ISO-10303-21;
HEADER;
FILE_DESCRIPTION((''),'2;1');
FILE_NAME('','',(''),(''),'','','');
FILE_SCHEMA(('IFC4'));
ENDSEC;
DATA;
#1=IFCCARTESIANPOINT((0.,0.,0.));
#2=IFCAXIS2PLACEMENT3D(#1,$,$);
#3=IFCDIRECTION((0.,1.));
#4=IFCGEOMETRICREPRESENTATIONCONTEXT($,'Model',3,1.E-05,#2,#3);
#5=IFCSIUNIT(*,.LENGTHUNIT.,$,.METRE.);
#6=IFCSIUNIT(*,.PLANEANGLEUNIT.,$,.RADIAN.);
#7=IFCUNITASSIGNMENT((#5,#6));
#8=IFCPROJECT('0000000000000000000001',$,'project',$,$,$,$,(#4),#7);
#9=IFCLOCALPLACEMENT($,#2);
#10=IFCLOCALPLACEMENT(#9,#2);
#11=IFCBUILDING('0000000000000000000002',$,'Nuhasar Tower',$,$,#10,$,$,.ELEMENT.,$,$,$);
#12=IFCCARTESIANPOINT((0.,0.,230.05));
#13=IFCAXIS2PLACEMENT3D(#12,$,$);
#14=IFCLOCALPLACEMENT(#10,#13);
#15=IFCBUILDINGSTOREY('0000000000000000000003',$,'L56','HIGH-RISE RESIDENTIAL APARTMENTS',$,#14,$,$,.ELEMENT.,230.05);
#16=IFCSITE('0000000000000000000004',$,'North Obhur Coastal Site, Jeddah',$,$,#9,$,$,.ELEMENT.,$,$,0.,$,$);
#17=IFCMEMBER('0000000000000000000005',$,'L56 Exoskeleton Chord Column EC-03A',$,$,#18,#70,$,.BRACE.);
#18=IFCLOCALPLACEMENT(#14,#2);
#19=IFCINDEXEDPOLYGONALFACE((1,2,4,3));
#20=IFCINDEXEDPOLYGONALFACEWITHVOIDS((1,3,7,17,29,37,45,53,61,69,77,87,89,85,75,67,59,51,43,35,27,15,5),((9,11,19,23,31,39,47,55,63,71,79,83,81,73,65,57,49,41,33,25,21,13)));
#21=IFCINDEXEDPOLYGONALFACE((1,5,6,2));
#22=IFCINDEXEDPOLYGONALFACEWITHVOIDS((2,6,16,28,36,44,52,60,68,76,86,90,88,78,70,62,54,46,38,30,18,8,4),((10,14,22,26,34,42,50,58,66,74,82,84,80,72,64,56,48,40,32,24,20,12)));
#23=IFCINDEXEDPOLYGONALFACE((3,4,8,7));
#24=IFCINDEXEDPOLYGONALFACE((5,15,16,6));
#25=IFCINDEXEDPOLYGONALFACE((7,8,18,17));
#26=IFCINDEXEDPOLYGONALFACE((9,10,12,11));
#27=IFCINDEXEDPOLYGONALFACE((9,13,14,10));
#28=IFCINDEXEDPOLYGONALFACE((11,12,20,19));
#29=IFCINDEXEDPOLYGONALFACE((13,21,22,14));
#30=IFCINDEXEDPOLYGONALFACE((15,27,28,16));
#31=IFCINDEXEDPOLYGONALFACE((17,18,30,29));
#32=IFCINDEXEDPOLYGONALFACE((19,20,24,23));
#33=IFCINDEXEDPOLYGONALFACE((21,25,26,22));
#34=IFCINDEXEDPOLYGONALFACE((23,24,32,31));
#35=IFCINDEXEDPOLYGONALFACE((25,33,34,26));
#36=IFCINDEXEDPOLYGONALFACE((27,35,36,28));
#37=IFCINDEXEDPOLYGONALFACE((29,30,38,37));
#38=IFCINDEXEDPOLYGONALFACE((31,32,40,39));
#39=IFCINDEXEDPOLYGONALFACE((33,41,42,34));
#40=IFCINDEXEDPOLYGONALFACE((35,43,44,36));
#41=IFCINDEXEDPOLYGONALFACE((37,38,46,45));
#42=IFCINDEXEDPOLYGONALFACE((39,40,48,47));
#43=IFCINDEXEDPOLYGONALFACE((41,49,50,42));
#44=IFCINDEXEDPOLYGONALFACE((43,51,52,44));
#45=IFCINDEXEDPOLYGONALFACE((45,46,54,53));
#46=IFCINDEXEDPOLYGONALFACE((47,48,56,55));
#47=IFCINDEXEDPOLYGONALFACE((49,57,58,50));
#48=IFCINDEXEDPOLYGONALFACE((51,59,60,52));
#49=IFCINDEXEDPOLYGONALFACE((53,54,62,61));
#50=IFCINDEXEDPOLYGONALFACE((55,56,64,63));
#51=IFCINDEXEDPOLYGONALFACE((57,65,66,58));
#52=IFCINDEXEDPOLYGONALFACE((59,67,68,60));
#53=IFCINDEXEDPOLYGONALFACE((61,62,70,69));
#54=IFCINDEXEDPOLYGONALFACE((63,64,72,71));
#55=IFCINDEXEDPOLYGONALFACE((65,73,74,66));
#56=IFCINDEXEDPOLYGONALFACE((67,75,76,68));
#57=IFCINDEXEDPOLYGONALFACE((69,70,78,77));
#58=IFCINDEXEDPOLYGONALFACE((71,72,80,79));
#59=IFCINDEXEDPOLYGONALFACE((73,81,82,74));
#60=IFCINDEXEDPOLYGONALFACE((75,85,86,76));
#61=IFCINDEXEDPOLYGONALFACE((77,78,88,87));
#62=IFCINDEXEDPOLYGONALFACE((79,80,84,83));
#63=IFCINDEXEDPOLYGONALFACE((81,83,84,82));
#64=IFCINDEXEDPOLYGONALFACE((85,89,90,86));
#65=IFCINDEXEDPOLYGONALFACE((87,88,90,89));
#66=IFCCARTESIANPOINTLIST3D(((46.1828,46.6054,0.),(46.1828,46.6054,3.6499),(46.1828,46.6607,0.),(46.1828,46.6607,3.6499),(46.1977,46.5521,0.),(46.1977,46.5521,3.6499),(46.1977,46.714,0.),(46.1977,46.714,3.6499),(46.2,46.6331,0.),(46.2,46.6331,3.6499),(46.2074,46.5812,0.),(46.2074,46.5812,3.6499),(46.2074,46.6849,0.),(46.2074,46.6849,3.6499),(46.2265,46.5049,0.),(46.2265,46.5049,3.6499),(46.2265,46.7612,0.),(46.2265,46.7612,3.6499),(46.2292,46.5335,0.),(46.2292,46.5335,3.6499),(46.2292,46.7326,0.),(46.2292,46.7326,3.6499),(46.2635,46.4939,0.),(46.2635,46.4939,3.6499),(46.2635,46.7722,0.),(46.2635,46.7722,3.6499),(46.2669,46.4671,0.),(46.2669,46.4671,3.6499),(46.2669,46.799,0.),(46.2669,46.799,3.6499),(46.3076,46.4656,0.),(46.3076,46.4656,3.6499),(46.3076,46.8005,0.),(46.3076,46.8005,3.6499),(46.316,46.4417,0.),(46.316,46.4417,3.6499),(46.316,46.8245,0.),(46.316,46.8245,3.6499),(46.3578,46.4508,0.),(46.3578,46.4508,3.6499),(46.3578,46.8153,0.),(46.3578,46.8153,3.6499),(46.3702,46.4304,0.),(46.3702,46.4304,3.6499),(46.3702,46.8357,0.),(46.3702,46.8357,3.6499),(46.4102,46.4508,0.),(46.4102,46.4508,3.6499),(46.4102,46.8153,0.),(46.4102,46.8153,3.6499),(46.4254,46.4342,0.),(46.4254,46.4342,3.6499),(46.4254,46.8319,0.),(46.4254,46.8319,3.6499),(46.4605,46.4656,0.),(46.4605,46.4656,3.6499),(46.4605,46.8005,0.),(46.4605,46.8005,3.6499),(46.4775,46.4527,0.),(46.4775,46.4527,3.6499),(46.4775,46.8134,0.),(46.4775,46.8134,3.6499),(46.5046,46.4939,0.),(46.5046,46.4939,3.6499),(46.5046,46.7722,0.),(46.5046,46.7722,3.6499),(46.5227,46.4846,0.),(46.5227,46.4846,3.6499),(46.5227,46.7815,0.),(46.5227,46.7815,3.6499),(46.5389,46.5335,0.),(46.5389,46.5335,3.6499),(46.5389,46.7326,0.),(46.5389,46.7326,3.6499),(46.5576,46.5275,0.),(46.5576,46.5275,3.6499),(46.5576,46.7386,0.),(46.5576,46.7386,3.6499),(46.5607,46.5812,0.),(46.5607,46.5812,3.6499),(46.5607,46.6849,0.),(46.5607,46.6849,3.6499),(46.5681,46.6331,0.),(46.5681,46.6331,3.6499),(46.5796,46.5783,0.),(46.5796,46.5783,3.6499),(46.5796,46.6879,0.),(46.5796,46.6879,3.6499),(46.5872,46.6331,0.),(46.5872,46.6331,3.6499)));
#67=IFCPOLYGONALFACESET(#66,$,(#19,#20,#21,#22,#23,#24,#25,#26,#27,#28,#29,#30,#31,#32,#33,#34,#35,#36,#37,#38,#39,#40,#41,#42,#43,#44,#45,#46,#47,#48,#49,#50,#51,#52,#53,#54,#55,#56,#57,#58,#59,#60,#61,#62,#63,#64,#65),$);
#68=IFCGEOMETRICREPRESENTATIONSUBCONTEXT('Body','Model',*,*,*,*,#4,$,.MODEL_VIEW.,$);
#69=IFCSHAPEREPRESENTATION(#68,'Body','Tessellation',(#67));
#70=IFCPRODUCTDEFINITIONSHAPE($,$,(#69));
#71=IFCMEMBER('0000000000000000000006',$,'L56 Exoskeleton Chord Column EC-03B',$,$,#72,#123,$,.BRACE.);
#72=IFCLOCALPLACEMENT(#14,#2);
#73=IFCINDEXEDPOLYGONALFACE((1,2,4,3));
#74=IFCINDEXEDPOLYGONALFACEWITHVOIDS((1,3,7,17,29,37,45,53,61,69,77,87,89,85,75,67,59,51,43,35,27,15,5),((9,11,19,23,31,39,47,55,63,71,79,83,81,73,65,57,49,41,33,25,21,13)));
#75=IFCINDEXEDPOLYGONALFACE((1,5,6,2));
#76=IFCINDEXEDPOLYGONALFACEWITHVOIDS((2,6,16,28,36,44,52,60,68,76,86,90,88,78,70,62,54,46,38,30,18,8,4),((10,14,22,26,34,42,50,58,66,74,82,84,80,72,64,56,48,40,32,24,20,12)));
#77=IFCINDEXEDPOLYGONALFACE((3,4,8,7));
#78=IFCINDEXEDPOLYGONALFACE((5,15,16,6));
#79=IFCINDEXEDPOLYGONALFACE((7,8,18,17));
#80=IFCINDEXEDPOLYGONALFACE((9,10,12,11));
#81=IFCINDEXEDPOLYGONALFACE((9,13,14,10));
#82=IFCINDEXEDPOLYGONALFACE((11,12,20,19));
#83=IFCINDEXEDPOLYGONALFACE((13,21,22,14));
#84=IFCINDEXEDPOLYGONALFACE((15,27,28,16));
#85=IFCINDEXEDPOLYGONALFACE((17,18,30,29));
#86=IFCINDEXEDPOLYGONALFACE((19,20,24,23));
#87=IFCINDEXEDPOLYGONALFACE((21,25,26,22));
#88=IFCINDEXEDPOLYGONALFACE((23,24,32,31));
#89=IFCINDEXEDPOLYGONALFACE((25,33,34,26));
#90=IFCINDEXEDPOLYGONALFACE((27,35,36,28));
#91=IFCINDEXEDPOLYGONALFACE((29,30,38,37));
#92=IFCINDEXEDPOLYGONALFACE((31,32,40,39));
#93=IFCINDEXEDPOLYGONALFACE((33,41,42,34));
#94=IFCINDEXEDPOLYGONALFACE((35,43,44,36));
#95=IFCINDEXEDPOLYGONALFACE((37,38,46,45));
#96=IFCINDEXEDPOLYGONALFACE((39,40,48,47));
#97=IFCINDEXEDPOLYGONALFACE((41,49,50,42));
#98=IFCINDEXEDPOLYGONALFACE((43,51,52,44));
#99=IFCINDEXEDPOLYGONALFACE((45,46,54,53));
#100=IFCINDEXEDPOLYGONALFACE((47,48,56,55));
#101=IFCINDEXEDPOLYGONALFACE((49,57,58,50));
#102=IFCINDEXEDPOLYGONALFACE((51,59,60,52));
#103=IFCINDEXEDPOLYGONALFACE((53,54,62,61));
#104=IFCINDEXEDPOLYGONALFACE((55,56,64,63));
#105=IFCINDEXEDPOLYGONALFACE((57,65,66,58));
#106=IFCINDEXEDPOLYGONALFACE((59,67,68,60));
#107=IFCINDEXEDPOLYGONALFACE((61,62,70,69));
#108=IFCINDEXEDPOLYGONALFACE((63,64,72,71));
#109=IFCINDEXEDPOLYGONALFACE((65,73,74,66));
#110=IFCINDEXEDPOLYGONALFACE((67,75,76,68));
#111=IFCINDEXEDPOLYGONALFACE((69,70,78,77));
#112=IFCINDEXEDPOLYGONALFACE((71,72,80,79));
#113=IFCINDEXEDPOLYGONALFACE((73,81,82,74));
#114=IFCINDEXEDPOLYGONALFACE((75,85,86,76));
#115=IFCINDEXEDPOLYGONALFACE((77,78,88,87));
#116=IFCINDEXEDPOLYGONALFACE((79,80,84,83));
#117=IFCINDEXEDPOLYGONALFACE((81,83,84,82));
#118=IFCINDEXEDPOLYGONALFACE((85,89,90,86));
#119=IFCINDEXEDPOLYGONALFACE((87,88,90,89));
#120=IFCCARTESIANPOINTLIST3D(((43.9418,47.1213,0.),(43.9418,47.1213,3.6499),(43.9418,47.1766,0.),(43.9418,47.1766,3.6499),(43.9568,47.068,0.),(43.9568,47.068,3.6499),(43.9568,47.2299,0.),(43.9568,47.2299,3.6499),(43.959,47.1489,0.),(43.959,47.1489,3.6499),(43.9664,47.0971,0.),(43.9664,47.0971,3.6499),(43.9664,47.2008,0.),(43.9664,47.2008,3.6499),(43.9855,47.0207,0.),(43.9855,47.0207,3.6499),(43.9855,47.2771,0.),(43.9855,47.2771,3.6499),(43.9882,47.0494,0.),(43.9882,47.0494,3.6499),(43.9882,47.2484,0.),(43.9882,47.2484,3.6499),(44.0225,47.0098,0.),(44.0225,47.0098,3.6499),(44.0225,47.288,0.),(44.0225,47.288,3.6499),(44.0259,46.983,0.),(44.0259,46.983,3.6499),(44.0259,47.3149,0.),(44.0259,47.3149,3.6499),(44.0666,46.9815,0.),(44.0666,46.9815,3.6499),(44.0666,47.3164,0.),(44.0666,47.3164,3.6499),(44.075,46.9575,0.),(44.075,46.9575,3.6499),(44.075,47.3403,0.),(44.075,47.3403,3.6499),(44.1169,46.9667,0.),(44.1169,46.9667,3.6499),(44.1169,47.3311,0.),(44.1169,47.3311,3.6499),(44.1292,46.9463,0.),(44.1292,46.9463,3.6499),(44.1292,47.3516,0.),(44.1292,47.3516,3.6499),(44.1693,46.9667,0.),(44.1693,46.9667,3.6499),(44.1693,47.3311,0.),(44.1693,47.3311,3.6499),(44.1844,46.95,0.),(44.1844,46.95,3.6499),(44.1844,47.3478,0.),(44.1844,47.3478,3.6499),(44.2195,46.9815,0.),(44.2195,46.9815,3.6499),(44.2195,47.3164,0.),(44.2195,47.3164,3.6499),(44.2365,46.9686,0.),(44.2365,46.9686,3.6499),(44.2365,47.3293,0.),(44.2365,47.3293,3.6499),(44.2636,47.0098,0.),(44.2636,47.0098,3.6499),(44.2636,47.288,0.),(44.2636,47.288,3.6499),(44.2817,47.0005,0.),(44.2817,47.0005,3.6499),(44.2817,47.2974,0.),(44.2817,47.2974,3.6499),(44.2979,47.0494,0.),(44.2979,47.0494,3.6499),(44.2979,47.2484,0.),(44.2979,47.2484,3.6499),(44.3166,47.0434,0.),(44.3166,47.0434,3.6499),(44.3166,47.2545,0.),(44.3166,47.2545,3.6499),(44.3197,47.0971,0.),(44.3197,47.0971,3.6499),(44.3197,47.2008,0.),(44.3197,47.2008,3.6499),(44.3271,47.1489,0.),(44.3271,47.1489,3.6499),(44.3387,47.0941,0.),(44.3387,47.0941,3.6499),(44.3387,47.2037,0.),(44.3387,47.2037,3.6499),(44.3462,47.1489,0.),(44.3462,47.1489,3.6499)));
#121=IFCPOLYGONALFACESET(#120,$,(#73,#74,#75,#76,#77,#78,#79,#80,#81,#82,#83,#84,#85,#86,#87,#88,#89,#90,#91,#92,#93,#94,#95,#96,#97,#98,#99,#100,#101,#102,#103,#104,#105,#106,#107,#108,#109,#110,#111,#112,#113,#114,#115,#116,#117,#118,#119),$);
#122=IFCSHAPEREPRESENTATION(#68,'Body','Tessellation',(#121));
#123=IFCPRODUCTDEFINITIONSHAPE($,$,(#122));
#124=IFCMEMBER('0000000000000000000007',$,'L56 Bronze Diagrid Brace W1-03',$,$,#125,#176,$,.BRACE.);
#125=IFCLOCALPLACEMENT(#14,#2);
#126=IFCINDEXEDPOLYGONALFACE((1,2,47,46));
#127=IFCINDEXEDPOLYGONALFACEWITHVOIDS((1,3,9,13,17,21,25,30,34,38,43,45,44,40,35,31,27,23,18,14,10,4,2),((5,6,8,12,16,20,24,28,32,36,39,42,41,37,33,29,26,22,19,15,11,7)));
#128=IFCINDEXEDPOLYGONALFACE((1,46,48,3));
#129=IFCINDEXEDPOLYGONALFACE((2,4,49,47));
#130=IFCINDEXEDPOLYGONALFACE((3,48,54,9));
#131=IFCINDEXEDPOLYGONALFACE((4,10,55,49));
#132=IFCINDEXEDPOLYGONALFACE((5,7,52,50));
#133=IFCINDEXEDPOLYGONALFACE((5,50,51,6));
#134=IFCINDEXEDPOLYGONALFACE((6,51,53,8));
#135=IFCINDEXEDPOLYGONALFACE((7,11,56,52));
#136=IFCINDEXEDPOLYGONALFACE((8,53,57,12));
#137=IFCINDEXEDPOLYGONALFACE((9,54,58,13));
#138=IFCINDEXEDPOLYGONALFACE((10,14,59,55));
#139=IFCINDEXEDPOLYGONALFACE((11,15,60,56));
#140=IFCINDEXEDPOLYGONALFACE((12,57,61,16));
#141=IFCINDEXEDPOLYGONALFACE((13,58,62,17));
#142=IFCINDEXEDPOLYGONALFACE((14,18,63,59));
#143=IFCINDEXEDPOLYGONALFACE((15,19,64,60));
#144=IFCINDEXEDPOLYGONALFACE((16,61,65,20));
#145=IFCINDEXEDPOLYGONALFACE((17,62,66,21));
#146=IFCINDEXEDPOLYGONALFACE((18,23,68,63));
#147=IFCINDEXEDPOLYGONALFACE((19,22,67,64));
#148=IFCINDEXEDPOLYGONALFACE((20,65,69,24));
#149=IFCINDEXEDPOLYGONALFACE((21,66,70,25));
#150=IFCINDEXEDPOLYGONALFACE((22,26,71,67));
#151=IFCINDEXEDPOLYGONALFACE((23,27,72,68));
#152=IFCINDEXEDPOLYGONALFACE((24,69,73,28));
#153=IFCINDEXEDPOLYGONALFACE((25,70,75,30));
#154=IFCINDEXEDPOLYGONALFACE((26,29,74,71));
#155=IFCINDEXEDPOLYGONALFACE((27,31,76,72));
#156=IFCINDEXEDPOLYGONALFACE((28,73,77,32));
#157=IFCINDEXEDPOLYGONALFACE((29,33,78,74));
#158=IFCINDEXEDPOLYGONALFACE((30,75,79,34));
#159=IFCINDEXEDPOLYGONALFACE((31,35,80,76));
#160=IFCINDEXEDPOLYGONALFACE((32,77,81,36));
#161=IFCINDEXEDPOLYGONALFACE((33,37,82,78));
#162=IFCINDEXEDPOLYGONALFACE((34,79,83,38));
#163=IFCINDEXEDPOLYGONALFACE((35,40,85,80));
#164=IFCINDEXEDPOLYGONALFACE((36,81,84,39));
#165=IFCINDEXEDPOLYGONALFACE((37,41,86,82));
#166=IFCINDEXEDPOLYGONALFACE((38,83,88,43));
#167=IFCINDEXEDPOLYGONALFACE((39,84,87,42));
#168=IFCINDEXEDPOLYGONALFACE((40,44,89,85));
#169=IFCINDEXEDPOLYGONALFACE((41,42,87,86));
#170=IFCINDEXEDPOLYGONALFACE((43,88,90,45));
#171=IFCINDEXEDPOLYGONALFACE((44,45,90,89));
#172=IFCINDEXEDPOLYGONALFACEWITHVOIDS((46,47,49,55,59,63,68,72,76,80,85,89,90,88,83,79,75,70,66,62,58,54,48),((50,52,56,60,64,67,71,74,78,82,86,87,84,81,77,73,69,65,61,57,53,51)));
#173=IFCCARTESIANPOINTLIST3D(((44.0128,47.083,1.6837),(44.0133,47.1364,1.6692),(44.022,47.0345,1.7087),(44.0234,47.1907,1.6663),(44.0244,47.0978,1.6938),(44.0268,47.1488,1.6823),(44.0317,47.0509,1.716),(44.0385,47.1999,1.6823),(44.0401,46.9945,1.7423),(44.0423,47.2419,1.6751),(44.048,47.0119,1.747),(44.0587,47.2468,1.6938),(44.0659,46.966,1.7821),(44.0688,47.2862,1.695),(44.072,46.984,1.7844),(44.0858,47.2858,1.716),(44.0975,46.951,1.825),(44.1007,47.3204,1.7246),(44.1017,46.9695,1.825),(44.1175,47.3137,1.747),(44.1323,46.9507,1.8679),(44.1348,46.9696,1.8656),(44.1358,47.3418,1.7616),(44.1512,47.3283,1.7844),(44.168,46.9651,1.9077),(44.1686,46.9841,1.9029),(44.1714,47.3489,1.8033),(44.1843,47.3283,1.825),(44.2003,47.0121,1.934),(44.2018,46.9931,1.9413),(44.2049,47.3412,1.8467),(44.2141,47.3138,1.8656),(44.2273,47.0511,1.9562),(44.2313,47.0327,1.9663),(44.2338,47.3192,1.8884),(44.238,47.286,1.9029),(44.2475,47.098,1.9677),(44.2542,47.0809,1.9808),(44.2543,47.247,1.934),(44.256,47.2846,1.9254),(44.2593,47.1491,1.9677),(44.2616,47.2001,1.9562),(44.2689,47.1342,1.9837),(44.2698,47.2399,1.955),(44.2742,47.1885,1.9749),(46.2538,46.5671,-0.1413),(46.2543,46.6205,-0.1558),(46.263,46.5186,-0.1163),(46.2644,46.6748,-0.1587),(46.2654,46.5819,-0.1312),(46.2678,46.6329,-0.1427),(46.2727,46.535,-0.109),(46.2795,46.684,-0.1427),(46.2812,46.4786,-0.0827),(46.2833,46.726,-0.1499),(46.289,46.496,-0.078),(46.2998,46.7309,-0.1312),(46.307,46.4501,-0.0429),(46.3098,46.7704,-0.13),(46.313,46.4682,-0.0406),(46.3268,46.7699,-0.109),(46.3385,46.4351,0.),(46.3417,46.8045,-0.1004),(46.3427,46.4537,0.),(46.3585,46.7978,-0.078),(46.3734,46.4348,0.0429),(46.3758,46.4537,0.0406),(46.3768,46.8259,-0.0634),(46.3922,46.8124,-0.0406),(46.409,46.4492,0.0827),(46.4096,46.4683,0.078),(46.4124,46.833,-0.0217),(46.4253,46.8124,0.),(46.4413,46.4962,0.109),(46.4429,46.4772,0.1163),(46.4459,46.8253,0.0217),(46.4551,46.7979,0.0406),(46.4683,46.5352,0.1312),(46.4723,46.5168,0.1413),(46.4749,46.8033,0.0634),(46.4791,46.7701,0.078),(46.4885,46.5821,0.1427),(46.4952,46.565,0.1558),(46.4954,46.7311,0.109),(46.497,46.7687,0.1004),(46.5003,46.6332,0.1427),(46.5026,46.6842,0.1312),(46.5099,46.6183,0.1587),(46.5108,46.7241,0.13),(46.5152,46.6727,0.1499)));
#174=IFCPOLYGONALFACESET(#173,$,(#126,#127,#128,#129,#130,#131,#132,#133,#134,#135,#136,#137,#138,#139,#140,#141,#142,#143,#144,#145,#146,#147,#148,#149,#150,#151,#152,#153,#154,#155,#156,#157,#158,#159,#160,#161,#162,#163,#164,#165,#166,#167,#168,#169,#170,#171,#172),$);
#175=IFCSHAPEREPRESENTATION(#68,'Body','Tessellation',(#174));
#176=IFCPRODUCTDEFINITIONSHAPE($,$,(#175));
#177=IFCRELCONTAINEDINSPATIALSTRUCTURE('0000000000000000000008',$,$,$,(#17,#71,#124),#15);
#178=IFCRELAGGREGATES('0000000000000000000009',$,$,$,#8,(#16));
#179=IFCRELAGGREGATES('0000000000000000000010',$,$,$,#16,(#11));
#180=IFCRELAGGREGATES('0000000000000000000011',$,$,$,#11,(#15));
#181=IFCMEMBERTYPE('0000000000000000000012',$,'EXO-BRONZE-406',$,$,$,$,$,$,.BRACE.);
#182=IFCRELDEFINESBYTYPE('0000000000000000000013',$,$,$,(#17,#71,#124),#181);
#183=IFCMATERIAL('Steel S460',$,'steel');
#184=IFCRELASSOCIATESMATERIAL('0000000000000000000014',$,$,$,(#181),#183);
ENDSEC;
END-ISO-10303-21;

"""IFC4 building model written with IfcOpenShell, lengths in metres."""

from ifc_helpers import new_model, si_unit, direction, frame, origin, origin_2d, place, context, subcontext, project, spatial, hollow_circle, extrude, material, material_profile, profile_set, type_object, element, save


model = new_model("IFC4")

# Units and contexts
model_context = context("Model", 3, precision=1e-05, world=origin(), true_north=direction((0.0, 1.0)))
body_context = subcontext(model_context, "Body", "Model", "MODEL_VIEW")
ifc_project = project(units=[si_unit("LENGTHUNIT", "METRE"), si_unit("PLANEANGLEUNIT", "RADIAN")], contexts=[model_context])

# Site, building, storey
site_placement = place(None, origin())
site = spatial("IfcSite", under=ifc_project, at=site_placement, Name="North Obhur Coastal Site, Jeddah", CompositionType="ELEMENT", RefElevation=0.0)
building_placement = place(site_placement, origin())
building = spatial("IfcBuilding", under=site, at=building_placement, Name="Nuhasar Tower", CompositionType="ELEMENT")
storey_placement = place(building_placement, frame((0.0, 0.0, 230.05)))
storey = spatial("IfcBuildingStorey", under=building, at=storey_placement, Name="L56", Description="HIGH-RISE RESIDENTIAL APARTMENTS", CompositionType="ELEMENT", Elevation=230.05)

# Members
ifc_material_1 = material(Name="Steel S460", Category="steel")
ifc_material_profile_1 = material_profile(ifc_material_1, hollow_circle(Radius=0.2031, WallThickness=0.019, at=origin_2d()), Name="HSS406.4X19.1")
ifc_profile_set_1 = profile_set([ifc_material_profile_1], Name="Steel S460")
member_type_1 = type_object("IfcMemberType", Name="EXO-BRONZE-406", PredefinedType="BRACE", material=ifc_profile_set_1)
for number, where, z_axis, x_axis, name in (
    (1, (46.384, 46.6331, 0.0), (0.0, 0.0, 1.0), (1.0, 0.0, 0.0), "L56 Exoskeleton Chord Column EC-03A"),
    (2, (44.1431, 47.1489, 0.0), (0.0, 0.0, 1.0), (1.0, 0.0, 0.0), "L56 Exoskeleton Chord Column EC-03B"),
):
    element("IfcMember", number, at=place(storey_placement, frame(where, z_axis=z_axis, x_axis=x_axis)), inside=storey, type_object=member_type_1, Name=name, PredefinedType="BRACE", context=body_context, shape_type="SweptSolid", body=[
        extrude(hollow_circle(Radius=0.2031, WallThickness=0.019, at=origin_2d()), origin(), (0.0, 0.0, 1.0), 3.6499),
    ])
for number, where, z_axis, x_axis, name in (
    (3, (46.384, 46.6331, 0.0), (-0.763343, 0.175721, 0.621635), (-0.224332, -0.974513, 0.0), "L56 Bronze Diagrid Brace W1-03"),
):
    element("IfcMember", number, at=place(storey_placement, frame(where, z_axis=z_axis, x_axis=x_axis)), inside=storey, type_object=member_type_1, Name=name, PredefinedType="BRACE", context=body_context, shape_type="SweptSolid", body=[
        extrude(hollow_circle(Radius=0.2031, WallThickness=0.019, at=origin_2d()), origin(), (0.0, 0.0, 1.0), 2.9358),
    ])

save(model, "model.ifc")
